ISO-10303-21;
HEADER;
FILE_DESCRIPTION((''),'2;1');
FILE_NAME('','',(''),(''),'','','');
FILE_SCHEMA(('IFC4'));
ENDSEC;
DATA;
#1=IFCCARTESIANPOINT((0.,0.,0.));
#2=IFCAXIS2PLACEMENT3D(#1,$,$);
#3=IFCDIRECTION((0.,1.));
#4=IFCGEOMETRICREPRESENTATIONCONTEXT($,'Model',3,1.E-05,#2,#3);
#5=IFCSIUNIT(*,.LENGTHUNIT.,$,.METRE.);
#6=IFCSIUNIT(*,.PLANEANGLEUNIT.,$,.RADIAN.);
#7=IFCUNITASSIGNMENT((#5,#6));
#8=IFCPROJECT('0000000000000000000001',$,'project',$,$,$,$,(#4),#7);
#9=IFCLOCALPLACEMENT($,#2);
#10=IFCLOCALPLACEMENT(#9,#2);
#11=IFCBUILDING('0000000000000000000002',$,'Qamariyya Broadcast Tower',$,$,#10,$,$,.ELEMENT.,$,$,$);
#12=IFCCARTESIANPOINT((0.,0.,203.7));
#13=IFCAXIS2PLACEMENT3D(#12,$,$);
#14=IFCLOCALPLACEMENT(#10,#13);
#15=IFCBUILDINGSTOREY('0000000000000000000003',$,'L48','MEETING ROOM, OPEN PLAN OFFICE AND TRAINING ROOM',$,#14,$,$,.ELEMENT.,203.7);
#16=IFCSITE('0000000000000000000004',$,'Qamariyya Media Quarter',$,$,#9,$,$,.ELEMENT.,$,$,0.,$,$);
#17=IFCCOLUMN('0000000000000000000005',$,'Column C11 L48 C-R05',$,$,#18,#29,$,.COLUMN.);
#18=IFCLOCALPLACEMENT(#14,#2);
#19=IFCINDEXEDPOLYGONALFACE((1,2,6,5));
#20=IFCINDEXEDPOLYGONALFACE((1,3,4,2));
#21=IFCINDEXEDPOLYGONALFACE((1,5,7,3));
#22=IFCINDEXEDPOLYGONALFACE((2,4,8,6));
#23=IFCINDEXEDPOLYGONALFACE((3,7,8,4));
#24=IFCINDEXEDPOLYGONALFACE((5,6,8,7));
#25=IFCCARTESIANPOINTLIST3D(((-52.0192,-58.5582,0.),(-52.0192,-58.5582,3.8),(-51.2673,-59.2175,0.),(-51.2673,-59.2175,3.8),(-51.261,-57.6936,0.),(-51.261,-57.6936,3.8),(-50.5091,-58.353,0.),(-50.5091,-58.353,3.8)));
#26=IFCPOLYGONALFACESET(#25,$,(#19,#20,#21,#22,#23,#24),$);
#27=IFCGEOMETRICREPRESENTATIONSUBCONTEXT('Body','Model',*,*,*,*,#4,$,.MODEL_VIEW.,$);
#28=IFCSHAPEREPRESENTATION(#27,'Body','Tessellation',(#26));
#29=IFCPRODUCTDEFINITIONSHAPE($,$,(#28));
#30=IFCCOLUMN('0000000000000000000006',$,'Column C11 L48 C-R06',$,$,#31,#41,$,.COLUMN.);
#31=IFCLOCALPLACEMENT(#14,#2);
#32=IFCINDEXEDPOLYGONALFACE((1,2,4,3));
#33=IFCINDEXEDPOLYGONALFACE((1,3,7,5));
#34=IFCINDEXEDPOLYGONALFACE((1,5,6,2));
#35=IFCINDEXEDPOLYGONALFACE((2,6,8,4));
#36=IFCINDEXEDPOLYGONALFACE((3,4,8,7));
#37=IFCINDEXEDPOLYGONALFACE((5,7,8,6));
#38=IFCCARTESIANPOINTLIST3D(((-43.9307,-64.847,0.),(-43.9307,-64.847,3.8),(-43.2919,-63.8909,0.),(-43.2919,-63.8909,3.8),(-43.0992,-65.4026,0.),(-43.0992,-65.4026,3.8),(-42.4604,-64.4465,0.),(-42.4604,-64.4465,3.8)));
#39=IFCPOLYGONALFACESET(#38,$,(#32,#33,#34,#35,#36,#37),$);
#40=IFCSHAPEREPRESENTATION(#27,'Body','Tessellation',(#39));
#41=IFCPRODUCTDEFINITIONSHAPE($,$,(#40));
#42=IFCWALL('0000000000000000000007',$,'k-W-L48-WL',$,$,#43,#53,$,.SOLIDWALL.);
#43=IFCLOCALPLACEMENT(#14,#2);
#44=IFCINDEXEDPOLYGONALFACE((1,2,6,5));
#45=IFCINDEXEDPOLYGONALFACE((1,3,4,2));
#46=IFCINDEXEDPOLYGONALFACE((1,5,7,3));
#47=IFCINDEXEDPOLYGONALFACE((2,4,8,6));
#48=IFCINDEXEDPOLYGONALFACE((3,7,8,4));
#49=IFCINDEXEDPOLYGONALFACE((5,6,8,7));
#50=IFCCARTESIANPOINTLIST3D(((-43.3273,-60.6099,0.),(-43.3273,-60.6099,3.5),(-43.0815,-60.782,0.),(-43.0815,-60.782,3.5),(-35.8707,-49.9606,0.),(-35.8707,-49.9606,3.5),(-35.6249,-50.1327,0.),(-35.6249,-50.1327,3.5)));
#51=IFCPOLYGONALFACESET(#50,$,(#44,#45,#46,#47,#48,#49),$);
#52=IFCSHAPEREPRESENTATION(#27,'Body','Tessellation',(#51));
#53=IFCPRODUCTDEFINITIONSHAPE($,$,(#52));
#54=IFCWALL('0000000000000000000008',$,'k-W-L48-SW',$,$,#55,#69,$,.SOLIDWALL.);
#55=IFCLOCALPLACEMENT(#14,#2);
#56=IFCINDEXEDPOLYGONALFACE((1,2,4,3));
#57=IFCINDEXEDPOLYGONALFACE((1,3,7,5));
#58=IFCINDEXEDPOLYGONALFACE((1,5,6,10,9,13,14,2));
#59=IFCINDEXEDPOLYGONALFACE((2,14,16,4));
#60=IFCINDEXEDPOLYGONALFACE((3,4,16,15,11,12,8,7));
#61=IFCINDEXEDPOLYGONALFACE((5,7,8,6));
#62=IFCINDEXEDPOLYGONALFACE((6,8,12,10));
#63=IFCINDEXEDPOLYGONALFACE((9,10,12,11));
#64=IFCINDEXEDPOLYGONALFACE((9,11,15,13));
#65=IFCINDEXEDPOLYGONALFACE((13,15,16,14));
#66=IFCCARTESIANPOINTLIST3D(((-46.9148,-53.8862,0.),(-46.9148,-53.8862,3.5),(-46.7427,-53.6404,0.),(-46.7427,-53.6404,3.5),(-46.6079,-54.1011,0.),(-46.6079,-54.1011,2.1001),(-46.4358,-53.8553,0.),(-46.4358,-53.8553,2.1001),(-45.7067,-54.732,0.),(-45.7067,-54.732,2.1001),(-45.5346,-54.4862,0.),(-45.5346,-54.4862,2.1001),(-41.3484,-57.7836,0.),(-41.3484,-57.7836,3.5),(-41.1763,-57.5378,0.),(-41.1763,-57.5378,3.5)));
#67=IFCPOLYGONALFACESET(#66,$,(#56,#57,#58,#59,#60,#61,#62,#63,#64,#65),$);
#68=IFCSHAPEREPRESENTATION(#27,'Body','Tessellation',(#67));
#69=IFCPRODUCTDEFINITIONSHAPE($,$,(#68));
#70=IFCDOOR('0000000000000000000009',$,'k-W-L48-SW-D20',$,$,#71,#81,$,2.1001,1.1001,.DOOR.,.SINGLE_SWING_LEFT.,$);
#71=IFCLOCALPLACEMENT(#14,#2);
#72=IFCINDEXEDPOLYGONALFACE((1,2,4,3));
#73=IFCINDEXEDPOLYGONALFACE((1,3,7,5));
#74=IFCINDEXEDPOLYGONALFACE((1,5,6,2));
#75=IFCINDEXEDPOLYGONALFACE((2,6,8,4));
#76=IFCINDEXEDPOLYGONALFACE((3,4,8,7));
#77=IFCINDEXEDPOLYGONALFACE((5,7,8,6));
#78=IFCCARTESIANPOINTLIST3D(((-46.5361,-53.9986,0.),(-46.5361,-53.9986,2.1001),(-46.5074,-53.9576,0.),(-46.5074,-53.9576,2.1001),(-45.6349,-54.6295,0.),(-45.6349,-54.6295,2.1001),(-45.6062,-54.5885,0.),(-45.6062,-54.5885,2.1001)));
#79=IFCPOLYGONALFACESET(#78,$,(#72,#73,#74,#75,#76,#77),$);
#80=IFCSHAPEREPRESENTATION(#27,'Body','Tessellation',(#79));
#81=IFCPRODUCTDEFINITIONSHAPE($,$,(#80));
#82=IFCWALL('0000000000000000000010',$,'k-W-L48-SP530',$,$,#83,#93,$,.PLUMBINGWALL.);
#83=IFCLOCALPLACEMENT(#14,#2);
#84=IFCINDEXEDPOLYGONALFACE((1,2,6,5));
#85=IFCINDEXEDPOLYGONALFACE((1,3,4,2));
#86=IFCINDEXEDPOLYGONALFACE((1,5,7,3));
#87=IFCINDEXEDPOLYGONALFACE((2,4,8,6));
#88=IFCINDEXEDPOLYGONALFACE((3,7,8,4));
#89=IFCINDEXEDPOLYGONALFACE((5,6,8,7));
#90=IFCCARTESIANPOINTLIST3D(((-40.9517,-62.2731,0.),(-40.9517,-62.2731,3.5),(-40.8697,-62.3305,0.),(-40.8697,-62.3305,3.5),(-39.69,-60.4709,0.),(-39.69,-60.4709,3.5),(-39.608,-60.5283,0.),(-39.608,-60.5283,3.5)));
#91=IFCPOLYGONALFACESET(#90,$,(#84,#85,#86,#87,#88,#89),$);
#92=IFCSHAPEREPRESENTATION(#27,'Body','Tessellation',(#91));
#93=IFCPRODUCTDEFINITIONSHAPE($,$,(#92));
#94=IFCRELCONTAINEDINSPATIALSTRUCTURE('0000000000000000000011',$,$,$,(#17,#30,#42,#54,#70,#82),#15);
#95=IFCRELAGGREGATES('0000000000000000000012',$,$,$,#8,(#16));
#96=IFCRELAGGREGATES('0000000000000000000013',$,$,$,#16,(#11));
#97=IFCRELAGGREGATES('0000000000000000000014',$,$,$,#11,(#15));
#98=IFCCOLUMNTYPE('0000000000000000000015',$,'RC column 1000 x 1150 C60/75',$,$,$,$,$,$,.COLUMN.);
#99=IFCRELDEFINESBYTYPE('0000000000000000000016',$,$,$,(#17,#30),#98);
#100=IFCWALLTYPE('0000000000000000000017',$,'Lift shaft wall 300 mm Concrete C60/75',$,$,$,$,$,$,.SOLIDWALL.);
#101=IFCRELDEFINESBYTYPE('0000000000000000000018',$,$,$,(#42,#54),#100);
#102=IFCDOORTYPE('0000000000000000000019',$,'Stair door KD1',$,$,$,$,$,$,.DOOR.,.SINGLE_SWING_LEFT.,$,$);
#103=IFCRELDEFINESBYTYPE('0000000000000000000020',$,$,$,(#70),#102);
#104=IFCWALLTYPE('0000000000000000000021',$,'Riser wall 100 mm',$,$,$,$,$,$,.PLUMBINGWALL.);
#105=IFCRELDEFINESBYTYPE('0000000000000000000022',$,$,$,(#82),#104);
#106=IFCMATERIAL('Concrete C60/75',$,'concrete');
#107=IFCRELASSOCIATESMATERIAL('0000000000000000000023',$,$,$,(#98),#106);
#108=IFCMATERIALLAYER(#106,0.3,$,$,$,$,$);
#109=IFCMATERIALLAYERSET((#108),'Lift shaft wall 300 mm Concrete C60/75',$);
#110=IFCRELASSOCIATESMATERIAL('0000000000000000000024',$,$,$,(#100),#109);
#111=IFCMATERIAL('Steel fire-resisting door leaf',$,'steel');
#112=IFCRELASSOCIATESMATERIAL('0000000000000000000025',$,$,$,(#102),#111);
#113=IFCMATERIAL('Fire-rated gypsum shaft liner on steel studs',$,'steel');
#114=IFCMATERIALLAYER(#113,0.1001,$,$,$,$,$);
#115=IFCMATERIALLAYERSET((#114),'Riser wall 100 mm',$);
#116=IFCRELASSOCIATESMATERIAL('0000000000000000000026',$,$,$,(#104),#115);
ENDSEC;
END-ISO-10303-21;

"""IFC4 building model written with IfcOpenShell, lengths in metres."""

from ifc_helpers import new_model, si_unit, direction, frame, frame_2d, origin, origin_2d, place, context, subcontext, project, spatial, rectangle, extrude, material, layer, layer_set, material_profile, profile_set, type_object, element, fill, save


model = new_model("IFC4")

# Units and contexts
model_context = context("Model", 3, precision=1e-05, world=origin(), true_north=direction((0.0, 1.0)))
body_context = subcontext(model_context, "Body", "Model", "MODEL_VIEW")
ifc_project = project(units=[si_unit("LENGTHUNIT", "METRE"), si_unit("PLANEANGLEUNIT", "RADIAN")], contexts=[model_context])

# Site, building, storey
site_placement = place(None, origin())
site = spatial("IfcSite", under=ifc_project, at=site_placement, Name="Qamariyya Media Quarter", CompositionType="ELEMENT", RefElevation=0.0)
building_placement = place(site_placement, origin())
building = spatial("IfcBuilding", under=site, at=building_placement, Name="Qamariyya Broadcast Tower", CompositionType="ELEMENT")
storey_placement = place(building_placement, frame((0.0, 0.0, 203.7)))
storey = spatial("IfcBuildingStorey", under=building, at=storey_placement, Name="L48", Description="MEETING ROOM, OPEN PLAN OFFICE AND TRAINING ROOM", CompositionType="ELEMENT", Elevation=203.7)

# Columns
ifc_material_1 = material(Name="Concrete C60/75", Category="concrete")
ifc_material_profile_1 = material_profile(ifc_material_1, rectangle(XDim=1.0, YDim=1.1499, at=origin_2d()))
ifc_profile_set_1 = profile_set([ifc_material_profile_1], Name="Concrete C60/75")
column_type = type_object("IfcColumnType", Name="RC column 1000 x 1150 C60/75", PredefinedType="COLUMN", material=ifc_profile_set_1)
for number, where, z_axis, x_axis, name in (
    (1, (-51.2642, -58.4556, 0.0), (0.0, 0.0, 1.0), (0.75184, -0.659346, 0.0), "Column C11 L48 C-R05"),
    (2, (-43.1956, -64.6467, 0.0), (0.0, 0.0, 1.0), (0.83147, -0.55557, 0.0), "Column C11 L48 C-R06"),
):
    element("IfcColumn", number, at=place(storey_placement, frame(where, z_axis=z_axis, x_axis=x_axis)), inside=storey, type_object=column_type, Name=name, PredefinedType="COLUMN", context=body_context, shape_type="SweptSolid", body=[
        extrude(rectangle(XDim=1.0, YDim=1.1499, at=origin_2d()), origin(), (0.0, 0.0, 1.0), 3.8),
    ])

# Wall
ifc_layer_1 = layer(ifc_material_1, 0.3)
ifc_layer_set_1 = layer_set([ifc_layer_1], Name="Lift shaft wall 300 mm Concrete C60/75")
wall_type_1 = type_object("IfcWallType", Name="Lift shaft wall 300 mm Concrete C60/75", PredefinedType="SOLIDWALL", material=ifc_layer_set_1)
wall_1_placement = place(storey_placement, frame((-43.2043, -60.6958, 0.0), z_axis=(0.0, 0.0, 1.0), x_axis=(0.573572, 0.819155, 0.0)))
element("IfcWall", 3, at=wall_1_placement, inside=storey, type_object=wall_type_1, Name="k-W-L48-WL", PredefinedType="SOLIDWALL", context=body_context, shape_type="SweptSolid", body=[
    extrude(rectangle(XDim=13.0002, YDim=0.3, at=frame_2d((6.5, 0.0))), origin(), (0.0, 0.0, 1.0), 3.5),
])

# Wall, opening, door
wall_2_placement = place(storey_placement, frame((-41.2625, -57.6606, 0.0), z_axis=(0.0, 0.0, 1.0), x_axis=(-0.819164, 0.573559, 0.0)))
wall_2 = element("IfcWall", 4, at=wall_2_placement, inside=storey, type_object=wall_type_1, Name="k-W-L48-SW", PredefinedType="SOLIDWALL", context=body_context, shape_type="SweptSolid", body=[
    extrude(rectangle(XDim=6.7952, YDim=0.3, at=frame_2d((3.3975, 0.0))), origin(), (0.0, 0.0, 1.0), 3.5),
])
opening_placement = place(wall_2_placement, frame((5.3203, 0.0, 0.0)))
opening = element("IfcOpeningElement", 5, at=opening_placement, cuts=wall_2, PredefinedType="OPENING", context=body_context, shape_type="SweptSolid", body=[
    extrude(rectangle(XDim=1.1001, YDim=2.1001, at=frame_2d((0.55, 1.05))), frame((0.0, 0.1599, 0.0), z_axis=(0.0, -1.0, 0.0), x_axis=(1.0, 0.0, 0.0)), (0.0, 0.0, 1.0), 0.3201),
])
ifc_material_2 = material(Name="Steel fire-resisting door leaf", Category="steel")
door_type = type_object("IfcDoorType", Name="Stair door KD1", OperationType="SINGLE_SWING_LEFT", PredefinedType="DOOR", material=ifc_material_2)
door_placement = place(opening_placement, origin())
door = element("IfcDoor", 6, at=door_placement, inside=storey, type_object=door_type, Name="k-W-L48-SW-D20", OperationType="SINGLE_SWING_LEFT", OverallHeight=2.1001, OverallWidth=1.1001, PredefinedType="DOOR", context=body_context, shape_type="SweptSolid", body=[
    extrude(rectangle(XDim=1.1001, YDim=2.1001, at=frame_2d((0.55, 1.05))), frame((0.0, 0.0249, 0.0), z_axis=(0.0, -1.0, 0.0), x_axis=(1.0, 0.0, 0.0)), (0.0, 0.0, 1.0), 0.05),
])
fill(opening, door)

# Wall
ifc_material_3 = material(Name="Fire-rated gypsum shaft liner on steel studs", Category="steel")
ifc_layer_2 = layer(ifc_material_3, 0.1001)
ifc_layer_set_2 = layer_set([ifc_layer_2], Name="Riser wall 100 mm")
wall_type_2 = type_object("IfcWallType", Name="Riser wall 100 mm", PredefinedType="PLUMBINGWALL", material=ifc_layer_set_2)
wall_3_placement = place(storey_placement, frame((-39.6489, -60.4995, 0.0), z_axis=(0.0, 0.0, 1.0), x_axis=(-0.573507, -0.819201, 0.0)))
element("IfcWall", 7, at=wall_3_placement, inside=storey, type_object=wall_type_2, Name="k-W-L48-SP530", PredefinedType="PLUMBINGWALL", context=body_context, shape_type="SweptSolid", body=[
    extrude(rectangle(XDim=2.2, YDim=0.1001, at=frame_2d((1.1001, 0.0))), origin(), (0.0, 0.0, 1.0), 3.5),
])

save(model, "model.ifc")
